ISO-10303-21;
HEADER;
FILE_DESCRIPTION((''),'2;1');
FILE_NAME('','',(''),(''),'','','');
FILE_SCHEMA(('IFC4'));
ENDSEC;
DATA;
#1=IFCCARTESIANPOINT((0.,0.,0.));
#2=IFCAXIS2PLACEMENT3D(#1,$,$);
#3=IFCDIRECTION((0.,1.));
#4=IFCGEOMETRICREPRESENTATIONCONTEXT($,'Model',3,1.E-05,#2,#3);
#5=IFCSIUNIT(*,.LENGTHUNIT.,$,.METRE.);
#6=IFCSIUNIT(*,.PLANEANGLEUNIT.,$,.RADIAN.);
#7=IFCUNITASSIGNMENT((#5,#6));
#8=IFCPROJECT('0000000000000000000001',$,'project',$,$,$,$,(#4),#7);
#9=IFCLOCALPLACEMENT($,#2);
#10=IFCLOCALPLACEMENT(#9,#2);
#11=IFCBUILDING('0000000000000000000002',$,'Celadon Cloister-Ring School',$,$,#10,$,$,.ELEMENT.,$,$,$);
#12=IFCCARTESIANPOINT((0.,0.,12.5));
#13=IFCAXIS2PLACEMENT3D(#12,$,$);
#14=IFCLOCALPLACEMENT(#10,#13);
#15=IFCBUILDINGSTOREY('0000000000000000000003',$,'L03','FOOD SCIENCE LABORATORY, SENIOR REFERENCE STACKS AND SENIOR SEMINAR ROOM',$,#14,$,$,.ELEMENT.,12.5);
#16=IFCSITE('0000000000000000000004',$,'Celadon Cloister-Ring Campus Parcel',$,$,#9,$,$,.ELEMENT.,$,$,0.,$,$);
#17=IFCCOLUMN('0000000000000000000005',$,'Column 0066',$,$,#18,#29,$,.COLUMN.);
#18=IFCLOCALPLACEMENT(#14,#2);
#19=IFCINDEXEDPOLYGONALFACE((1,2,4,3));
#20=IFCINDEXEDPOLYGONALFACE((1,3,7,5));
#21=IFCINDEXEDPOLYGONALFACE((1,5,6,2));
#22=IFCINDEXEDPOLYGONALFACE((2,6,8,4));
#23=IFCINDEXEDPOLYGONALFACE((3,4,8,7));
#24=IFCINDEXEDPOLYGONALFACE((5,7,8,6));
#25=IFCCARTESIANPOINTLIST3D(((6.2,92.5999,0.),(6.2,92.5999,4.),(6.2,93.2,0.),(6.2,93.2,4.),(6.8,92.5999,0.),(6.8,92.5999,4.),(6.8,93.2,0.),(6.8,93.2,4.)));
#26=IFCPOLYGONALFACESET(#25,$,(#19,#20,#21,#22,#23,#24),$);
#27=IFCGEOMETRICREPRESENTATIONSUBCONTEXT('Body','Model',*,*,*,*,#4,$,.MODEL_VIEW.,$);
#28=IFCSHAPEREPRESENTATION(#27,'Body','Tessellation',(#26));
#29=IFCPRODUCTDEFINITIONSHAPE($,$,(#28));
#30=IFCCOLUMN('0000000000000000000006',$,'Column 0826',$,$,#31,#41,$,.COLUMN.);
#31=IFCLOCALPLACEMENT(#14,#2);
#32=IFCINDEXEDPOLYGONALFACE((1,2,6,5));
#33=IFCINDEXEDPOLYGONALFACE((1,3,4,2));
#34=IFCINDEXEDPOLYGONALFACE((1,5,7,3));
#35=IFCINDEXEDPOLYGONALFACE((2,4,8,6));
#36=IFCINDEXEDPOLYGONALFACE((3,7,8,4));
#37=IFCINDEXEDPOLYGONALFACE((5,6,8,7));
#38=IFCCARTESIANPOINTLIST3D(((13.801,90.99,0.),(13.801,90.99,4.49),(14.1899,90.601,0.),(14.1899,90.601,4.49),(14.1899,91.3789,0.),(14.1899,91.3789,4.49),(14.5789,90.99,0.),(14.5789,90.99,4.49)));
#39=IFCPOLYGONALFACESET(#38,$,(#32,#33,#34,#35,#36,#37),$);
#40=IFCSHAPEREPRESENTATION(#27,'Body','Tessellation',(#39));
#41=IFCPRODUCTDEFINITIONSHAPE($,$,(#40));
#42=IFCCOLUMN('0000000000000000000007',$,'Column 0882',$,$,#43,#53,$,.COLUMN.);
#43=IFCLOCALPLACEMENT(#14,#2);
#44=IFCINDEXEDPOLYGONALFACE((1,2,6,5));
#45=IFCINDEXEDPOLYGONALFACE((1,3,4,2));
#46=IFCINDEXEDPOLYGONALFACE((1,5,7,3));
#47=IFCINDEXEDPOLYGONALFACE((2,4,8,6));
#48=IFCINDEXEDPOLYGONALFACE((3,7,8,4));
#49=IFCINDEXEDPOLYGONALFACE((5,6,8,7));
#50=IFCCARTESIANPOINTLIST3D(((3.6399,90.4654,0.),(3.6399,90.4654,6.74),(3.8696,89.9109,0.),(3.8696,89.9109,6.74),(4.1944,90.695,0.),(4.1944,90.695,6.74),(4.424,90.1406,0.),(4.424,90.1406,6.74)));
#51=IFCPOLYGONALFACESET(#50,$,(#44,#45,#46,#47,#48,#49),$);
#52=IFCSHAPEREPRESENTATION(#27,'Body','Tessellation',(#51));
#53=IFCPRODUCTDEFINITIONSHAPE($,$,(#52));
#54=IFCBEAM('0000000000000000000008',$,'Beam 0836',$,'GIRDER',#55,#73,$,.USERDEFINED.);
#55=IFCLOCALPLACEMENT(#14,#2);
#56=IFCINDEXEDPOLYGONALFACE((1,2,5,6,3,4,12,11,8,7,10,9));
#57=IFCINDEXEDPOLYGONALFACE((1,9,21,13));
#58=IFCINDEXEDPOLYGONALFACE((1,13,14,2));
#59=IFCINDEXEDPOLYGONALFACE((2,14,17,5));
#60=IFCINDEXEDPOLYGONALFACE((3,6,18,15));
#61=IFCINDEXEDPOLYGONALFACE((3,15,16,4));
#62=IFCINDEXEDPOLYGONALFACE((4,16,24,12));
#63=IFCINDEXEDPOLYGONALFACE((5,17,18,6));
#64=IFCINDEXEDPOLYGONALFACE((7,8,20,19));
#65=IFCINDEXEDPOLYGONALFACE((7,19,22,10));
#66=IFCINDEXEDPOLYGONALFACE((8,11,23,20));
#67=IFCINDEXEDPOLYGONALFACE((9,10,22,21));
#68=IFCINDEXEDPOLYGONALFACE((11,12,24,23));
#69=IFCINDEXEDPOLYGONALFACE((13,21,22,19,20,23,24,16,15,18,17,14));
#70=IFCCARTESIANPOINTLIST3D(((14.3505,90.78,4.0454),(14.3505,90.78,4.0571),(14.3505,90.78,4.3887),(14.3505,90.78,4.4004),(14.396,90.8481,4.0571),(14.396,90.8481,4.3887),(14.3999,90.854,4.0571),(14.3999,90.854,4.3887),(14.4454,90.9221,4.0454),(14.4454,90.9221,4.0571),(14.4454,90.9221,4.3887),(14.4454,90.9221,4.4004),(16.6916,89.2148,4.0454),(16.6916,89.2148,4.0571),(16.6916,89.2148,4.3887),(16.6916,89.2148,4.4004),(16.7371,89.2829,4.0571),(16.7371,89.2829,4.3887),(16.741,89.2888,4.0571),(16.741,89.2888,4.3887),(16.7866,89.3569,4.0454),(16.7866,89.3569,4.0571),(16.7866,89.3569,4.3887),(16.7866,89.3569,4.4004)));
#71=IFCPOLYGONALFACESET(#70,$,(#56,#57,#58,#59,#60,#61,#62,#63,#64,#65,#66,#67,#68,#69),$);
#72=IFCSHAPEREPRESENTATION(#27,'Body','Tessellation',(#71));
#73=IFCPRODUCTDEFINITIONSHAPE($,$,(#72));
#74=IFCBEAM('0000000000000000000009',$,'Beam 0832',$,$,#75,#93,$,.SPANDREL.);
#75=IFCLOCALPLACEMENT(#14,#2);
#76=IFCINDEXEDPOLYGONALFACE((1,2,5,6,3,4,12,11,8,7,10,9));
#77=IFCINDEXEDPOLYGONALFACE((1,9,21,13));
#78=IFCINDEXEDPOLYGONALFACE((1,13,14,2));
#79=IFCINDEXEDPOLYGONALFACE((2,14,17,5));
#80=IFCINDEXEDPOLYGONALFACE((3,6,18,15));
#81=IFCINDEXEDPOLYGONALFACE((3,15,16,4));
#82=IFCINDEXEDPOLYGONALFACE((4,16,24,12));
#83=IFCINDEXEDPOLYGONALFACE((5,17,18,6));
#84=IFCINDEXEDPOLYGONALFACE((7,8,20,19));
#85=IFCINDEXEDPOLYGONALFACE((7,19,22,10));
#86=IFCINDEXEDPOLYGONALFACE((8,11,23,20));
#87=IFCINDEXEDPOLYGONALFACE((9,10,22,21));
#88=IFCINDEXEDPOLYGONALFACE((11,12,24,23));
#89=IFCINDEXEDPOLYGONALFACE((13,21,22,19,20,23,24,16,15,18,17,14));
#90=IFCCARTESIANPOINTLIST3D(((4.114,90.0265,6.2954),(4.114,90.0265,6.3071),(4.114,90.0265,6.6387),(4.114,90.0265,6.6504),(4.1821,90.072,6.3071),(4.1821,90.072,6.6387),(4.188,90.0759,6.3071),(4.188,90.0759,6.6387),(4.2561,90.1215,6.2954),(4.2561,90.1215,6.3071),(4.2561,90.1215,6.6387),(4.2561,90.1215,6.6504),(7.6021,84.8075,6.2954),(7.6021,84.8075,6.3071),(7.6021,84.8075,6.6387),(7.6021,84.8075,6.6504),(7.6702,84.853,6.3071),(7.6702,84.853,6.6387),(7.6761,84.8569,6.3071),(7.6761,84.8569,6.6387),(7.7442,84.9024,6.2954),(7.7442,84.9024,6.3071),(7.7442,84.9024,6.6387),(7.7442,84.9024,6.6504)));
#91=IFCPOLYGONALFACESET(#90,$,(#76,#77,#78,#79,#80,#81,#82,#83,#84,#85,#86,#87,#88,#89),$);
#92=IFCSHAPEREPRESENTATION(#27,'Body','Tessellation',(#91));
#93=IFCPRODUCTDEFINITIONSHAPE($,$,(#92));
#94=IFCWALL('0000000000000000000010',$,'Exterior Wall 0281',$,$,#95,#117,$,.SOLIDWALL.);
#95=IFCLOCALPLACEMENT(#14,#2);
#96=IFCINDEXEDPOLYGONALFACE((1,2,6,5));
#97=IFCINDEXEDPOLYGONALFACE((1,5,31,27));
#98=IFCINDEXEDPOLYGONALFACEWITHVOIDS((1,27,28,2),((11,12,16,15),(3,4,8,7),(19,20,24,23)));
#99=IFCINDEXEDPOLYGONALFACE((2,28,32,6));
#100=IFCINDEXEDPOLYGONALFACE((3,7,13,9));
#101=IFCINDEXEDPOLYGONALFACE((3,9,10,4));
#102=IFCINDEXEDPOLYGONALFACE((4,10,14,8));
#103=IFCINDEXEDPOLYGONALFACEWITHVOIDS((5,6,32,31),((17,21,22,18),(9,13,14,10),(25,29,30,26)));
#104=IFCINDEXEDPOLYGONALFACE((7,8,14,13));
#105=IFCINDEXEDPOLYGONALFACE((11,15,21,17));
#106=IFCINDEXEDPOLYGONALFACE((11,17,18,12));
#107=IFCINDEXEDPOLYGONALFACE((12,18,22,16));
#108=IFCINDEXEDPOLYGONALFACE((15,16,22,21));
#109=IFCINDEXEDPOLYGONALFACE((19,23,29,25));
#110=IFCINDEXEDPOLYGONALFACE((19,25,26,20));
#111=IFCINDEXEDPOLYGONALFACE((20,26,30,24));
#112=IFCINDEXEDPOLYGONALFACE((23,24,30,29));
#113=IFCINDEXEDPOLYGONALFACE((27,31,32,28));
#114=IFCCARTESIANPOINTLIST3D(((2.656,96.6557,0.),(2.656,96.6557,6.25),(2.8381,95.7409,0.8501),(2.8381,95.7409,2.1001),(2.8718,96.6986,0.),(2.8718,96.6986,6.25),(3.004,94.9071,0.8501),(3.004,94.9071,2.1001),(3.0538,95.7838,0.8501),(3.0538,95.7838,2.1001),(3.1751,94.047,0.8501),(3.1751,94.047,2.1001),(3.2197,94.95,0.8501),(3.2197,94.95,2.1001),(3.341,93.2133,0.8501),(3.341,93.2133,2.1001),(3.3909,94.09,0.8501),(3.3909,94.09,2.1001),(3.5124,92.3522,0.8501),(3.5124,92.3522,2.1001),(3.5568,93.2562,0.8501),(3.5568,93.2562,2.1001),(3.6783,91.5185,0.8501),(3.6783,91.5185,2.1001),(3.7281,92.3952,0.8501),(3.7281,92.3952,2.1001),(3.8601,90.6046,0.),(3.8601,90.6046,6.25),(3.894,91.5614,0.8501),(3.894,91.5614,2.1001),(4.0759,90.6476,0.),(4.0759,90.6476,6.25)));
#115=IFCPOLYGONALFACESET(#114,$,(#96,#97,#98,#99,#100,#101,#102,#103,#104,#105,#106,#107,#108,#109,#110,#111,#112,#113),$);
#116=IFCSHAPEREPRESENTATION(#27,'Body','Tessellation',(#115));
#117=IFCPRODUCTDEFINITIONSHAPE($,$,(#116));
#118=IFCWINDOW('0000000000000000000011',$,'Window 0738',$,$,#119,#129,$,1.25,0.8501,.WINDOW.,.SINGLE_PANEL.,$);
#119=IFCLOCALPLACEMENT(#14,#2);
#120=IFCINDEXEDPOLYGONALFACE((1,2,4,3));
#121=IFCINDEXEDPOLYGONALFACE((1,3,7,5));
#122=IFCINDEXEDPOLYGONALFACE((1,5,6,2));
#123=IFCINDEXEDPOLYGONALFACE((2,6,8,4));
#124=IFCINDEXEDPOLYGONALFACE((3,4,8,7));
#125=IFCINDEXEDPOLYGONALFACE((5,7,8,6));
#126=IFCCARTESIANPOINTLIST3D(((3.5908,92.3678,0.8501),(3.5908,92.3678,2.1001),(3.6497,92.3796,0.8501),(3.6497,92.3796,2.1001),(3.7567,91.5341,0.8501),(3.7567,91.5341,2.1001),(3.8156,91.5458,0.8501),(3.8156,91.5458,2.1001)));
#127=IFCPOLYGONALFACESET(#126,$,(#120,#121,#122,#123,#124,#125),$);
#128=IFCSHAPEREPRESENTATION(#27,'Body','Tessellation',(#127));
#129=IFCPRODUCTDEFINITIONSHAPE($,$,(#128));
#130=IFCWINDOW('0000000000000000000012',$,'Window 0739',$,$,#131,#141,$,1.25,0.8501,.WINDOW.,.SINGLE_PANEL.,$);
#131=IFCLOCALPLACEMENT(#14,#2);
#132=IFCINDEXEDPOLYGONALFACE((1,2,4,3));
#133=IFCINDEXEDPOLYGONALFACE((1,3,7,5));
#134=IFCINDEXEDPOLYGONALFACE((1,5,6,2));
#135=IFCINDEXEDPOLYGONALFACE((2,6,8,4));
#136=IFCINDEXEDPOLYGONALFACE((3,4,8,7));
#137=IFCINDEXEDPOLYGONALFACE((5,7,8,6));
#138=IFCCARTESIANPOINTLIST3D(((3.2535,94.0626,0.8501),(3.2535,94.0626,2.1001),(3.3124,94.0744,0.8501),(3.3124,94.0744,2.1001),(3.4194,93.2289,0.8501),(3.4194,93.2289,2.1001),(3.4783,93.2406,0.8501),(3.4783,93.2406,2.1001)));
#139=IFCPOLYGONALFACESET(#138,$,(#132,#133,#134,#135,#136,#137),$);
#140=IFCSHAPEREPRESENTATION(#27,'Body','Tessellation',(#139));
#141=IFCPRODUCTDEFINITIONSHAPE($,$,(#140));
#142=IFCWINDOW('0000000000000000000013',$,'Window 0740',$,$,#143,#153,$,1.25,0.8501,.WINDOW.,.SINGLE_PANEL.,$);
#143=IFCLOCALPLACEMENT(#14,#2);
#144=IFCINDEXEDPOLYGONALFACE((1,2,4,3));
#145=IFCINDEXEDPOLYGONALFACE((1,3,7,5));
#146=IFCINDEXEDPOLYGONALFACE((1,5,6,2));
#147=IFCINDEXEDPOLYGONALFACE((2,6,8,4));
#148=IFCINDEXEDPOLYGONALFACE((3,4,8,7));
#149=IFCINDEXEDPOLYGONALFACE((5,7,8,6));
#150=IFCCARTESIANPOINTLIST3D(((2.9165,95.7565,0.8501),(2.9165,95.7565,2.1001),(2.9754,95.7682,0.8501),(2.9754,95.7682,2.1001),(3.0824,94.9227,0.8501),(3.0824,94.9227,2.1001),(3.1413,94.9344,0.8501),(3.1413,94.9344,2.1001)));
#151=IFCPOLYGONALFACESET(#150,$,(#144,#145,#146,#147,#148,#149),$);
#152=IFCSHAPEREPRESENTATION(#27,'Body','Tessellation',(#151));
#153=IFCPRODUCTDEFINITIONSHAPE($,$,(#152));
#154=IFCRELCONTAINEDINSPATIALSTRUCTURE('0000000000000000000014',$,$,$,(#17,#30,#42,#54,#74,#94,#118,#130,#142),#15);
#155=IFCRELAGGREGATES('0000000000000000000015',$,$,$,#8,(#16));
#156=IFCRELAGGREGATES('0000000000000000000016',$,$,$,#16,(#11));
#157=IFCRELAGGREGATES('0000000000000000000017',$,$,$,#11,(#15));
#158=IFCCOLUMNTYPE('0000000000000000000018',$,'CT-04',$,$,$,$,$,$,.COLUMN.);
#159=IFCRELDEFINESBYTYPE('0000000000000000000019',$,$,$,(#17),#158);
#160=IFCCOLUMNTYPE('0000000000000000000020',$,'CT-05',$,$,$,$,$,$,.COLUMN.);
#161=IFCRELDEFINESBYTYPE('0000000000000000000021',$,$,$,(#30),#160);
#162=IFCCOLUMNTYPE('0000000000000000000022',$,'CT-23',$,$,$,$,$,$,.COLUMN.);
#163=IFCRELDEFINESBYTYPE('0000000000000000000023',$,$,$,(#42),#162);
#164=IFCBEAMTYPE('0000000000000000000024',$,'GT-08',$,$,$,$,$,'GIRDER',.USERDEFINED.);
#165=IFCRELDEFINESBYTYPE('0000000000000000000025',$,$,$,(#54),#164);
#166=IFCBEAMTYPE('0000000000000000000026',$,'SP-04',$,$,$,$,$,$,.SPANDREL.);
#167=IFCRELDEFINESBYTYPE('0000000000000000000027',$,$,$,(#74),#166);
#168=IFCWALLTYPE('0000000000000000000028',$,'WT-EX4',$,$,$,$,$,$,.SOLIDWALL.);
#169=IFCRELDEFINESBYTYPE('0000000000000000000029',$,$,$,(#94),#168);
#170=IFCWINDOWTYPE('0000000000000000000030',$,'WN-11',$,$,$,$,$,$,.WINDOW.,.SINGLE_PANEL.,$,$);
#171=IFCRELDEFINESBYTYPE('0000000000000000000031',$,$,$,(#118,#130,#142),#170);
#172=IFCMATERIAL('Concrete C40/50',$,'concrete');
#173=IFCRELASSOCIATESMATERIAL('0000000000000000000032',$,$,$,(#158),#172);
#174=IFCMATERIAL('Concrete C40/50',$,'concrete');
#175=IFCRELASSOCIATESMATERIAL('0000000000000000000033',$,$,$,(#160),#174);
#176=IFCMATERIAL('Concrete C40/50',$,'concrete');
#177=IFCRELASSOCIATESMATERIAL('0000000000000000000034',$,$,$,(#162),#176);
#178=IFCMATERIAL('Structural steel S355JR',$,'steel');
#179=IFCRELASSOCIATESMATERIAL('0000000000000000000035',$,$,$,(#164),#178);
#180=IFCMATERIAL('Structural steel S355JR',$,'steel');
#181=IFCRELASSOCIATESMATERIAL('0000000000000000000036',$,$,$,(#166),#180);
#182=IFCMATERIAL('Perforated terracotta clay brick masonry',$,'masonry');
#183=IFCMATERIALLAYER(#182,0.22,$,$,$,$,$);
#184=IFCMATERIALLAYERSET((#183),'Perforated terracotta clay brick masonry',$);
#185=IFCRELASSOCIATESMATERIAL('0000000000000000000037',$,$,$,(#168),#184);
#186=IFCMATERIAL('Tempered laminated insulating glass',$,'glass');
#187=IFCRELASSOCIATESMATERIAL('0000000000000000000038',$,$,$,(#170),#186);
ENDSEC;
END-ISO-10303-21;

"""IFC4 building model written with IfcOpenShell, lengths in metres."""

from ifc_helpers import new_model, si_unit, direction, frame, frame_2d, origin, origin_2d, place, context, subcontext, project, spatial, rectangle, i_section, extrude, material, layer, layer_set, material_profile, profile_set, type_object, element, fill, save


model = new_model("IFC4")

# Units and contexts
model_context = context("Model", 3, precision=1e-05, world=origin(), true_north=direction((0.0, 1.0)))
body_context = subcontext(model_context, "Body", "Model", "MODEL_VIEW")
ifc_project = project(units=[si_unit("LENGTHUNIT", "METRE"), si_unit("PLANEANGLEUNIT", "RADIAN")], contexts=[model_context])

# Site, building, storey
site_placement = place(None, origin())
site = spatial("IfcSite", under=ifc_project, at=site_placement, Name="Celadon Cloister-Ring Campus Parcel", CompositionType="ELEMENT", RefElevation=0.0)
building_placement = place(site_placement, origin())
building = spatial("IfcBuilding", under=site, at=building_placement, Name="Celadon Cloister-Ring School", CompositionType="ELEMENT")
storey_placement = place(building_placement, frame((0.0, 0.0, 12.5)))
storey = spatial("IfcBuildingStorey", under=building, at=storey_placement, Name="L03", Description="FOOD SCIENCE LABORATORY, SENIOR REFERENCE STACKS AND SENIOR SEMINAR ROOM", CompositionType="ELEMENT", Elevation=12.5)

# Columns
ifc_material_1 = material(Name="Concrete C40/50", Category="concrete")
ifc_material_profile_1 = material_profile(ifc_material_1, rectangle(XDim=0.6001, YDim=0.6001, at=origin_2d()), Name="RC600X600")
ifc_profile_set_1 = profile_set([ifc_material_profile_1], Name="Concrete C40/50")
column_type_1 = type_object("IfcColumnType", Name="CT-04", PredefinedType="COLUMN", material=ifc_profile_set_1)
column_1_placement = place(storey_placement, frame((6.5, 92.8999, 0.0), z_axis=(0.0, 0.0, 1.0), x_axis=(1.0, 0.0, 0.0)))
element("IfcColumn", 1, at=column_1_placement, inside=storey, type_object=column_type_1, Name="Column 0066", PredefinedType="COLUMN", context=body_context, shape_type="SweptSolid", body=[
    extrude(rectangle(XDim=0.6001, YDim=0.6001, at=origin_2d()), origin(), (0.0, 0.0, 1.0), 4.0),
])
ifc_material_2 = material(Name="Concrete C40/50", Category="concrete")
ifc_material_profile_2 = material_profile(ifc_material_2, rectangle(XDim=0.55, YDim=0.55, at=origin_2d()), Name="RC550X550")
ifc_profile_set_2 = profile_set([ifc_material_profile_2], Name="Concrete C40/50")
column_type_2 = type_object("IfcColumnType", Name="CT-05", PredefinedType="COLUMN", material=ifc_profile_set_2)
column_2_placement = place(storey_placement, frame((14.1899, 90.99, 0.0), z_axis=(0.0, 0.0, 1.0), x_axis=(-0.707107, -0.707107, 0.0)))
element("IfcColumn", 2, at=column_2_placement, inside=storey, type_object=column_type_2, Name="Column 0826", PredefinedType="COLUMN", context=body_context, shape_type="SweptSolid", body=[
    extrude(rectangle(XDim=0.55, YDim=0.55, at=origin_2d()), origin(), (0.0, 0.0, 1.0), 4.49),
])
ifc_material_3 = material(Name="Concrete C40/50", Category="concrete")
ifc_material_profile_3 = material_profile(ifc_material_3, rectangle(XDim=0.6001, YDim=0.6001, at=origin_2d()), Name="RC600X600")
ifc_profile_set_3 = profile_set([ifc_material_profile_3], Name="Concrete C40/50")
column_type_3 = type_object("IfcColumnType", Name="CT-23", PredefinedType="COLUMN", material=ifc_profile_set_3)
column_3_placement = place(storey_placement, frame((4.032, 90.303, 0.0), z_axis=(0.0, 0.0, 1.0), x_axis=(-0.92388, -0.382683, 0.0)))
element("IfcColumn", 3, at=column_3_placement, inside=storey, type_object=column_type_3, Name="Column 0882", PredefinedType="COLUMN", context=body_context, shape_type="SweptSolid", body=[
    extrude(rectangle(XDim=0.6001, YDim=0.6001, at=origin_2d()), origin(), (0.0, 0.0, 1.0), 6.74),
])

# Beams
ifc_material_4 = material(Name="Structural steel S355JR", Category="steel")
ifc_material_profile_4 = material_profile(ifc_material_4, i_section(OverallWidth=0.1709, OverallDepth=0.355, WebThickness=0.0071, FlangeThickness=0.0117, at=origin_2d()), Name="W360X51")
ifc_profile_set_4 = profile_set([ifc_material_profile_4], Name="Structural steel S355JR")
beam_type_1 = type_object("IfcBeamType", Name="GT-08", ElementType="GIRDER", PredefinedType="USERDEFINED", material=ifc_profile_set_4)
beam_1_placement = place(storey_placement, frame((14.3979, 90.8511, 4.2229), z_axis=(0.831316, -0.5558, 0.0), x_axis=(0.5558, 0.831316, 0.0)))
element("IfcBeam", 4, at=beam_1_placement, inside=storey, type_object=beam_type_1, Name="Beam 0836", ObjectType="GIRDER", PredefinedType="USERDEFINED", context=body_context, shape_type="SweptSolid", body=[
    extrude(i_section(OverallWidth=0.1709, OverallDepth=0.355, WebThickness=0.0071, FlangeThickness=0.0117, at=origin_2d()), origin(), (0.0, 0.0, 1.0), 2.8162),
])
ifc_material_5 = material(Name="Structural steel S355JR", Category="steel")
ifc_material_profile_5 = material_profile(ifc_material_5, i_section(OverallWidth=0.1709, OverallDepth=0.355, WebThickness=0.0071, FlangeThickness=0.0117, at=origin_2d()), Name="W360X51")
ifc_profile_set_5 = profile_set([ifc_material_profile_5], Name="Structural steel S355JR")
beam_type_2 = type_object("IfcBeamType", Name="SP-04", PredefinedType="SPANDREL", material=ifc_profile_set_5)
beam_2_placement = place(storey_placement, frame((4.1851, 90.074, 6.4729), z_axis=(0.55566, -0.83141, 0.0), x_axis=(0.83141, 0.55566, 0.0)))
element("IfcBeam", 5, at=beam_2_placement, inside=storey, type_object=beam_type_2, Name="Beam 0832", PredefinedType="SPANDREL", context=body_context, shape_type="SweptSolid", body=[
    extrude(i_section(OverallWidth=0.1709, OverallDepth=0.355, WebThickness=0.0071, FlangeThickness=0.0117, at=origin_2d()), origin(), (0.0, 0.0, 1.0), 6.2773),
])

# Wall, openings, windows
ifc_material_6 = material(Name="Perforated terracotta clay brick masonry", Category="masonry")
ifc_layer_1 = layer(ifc_material_6, 0.22)
ifc_layer_set_1 = layer_set([ifc_layer_1], Name="Perforated terracotta clay brick masonry")
wall_type_1 = type_object("IfcWallType", Name="WT-EX4", PredefinedType="SOLIDWALL", material=ifc_layer_set_1)
wall_1_placement = place(storey_placement, frame((3.968, 90.626, 0.0), z_axis=(0.0, 0.0, 1.0), x_axis=(-0.195165, 0.98077, 0.0)))
wall_1 = element("IfcWall", 6, at=wall_1_placement, inside=storey, type_object=wall_type_1, Name="Exterior Wall 0281", PredefinedType="SOLIDWALL", context=body_context, shape_type="SweptSolid", body=[
    extrude(rectangle(XDim=6.1697, YDim=0.22, at=frame_2d((3.085, 0.0))), origin(), (0.0, 0.0, 1.0), 6.25),
])
opening_1_placement = place(wall_1_placement, frame((0.9319, 0.0, 0.8501)))
opening_1 = element("IfcOpeningElement", 7, at=opening_1_placement, cuts=wall_1, PredefinedType="OPENING", context=body_context, shape_type="SweptSolid", body=[
    extrude(rectangle(XDim=0.8501, YDim=1.25, at=frame_2d((0.425, 0.625))), frame((0.0, 0.1201, 0.0), z_axis=(0.0, -1.0, 0.0), x_axis=(1.0, 0.0, 0.0)), (0.0, 0.0, 1.0), 0.24),
])
opening_2_placement = place(wall_1_placement, frame((2.6599, 0.0, 0.8501)))
opening_2 = element("IfcOpeningElement", 8, at=opening_2_placement, cuts=wall_1, PredefinedType="OPENING", context=body_context, shape_type="SweptSolid", body=[
    extrude(rectangle(XDim=0.8501, YDim=1.25, at=frame_2d((0.425, 0.625))), frame((0.0, 0.1201, 0.0), z_axis=(0.0, -1.0, 0.0), x_axis=(1.0, 0.0, 0.0)), (0.0, 0.0, 1.0), 0.24),
])
opening_3_placement = place(wall_1_placement, frame((4.387, 0.0, 0.8501)))
opening_3 = element("IfcOpeningElement", 9, at=opening_3_placement, cuts=wall_1, PredefinedType="OPENING", context=body_context, shape_type="SweptSolid", body=[
    extrude(rectangle(XDim=0.8501, YDim=1.25, at=frame_2d((0.425, 0.625))), frame((0.0, 0.1201, 0.0), z_axis=(0.0, -1.0, 0.0), x_axis=(1.0, 0.0, 0.0)), (0.0, 0.0, 1.0), 0.24),
])
ifc_material_7 = material(Name="Tempered laminated insulating glass", Category="glass")
window_type = type_object("IfcWindowType", Name="WN-11", PartitioningType="SINGLE_PANEL", PredefinedType="WINDOW", material=ifc_material_7)
window_1_placement = place(opening_1_placement, origin())
window_1 = element("IfcWindow", 10, at=window_1_placement, inside=storey, type_object=window_type, Name="Window 0738", OverallHeight=1.25, OverallWidth=0.8501, PartitioningType="SINGLE_PANEL", PredefinedType="WINDOW", context=body_context, shape_type="SweptSolid", body=[
    extrude(rectangle(XDim=0.8501, YDim=1.25, at=frame_2d((0.425, 0.625))), frame((0.0, 0.03, 0.0), z_axis=(0.0, -1.0, 0.0), x_axis=(1.0, 0.0, 0.0)), (0.0, 0.0, 1.0), 0.0601),
])
fill(opening_1, window_1)
window_2_placement = place(opening_2_placement, origin())
window_2 = element("IfcWindow", 11, at=window_2_placement, inside=storey, type_object=window_type, Name="Window 0739", OverallHeight=1.25, OverallWidth=0.8501, PartitioningType="SINGLE_PANEL", PredefinedType="WINDOW", context=body_context, shape_type="SweptSolid", body=[
    extrude(rectangle(XDim=0.8501, YDim=1.25, at=frame_2d((0.425, 0.625))), frame((0.0, 0.03, 0.0), z_axis=(0.0, -1.0, 0.0), x_axis=(1.0, 0.0, 0.0)), (0.0, 0.0, 1.0), 0.0601),
])
fill(opening_2, window_2)
window_3_placement = place(opening_3_placement, origin())
window_3 = element("IfcWindow", 12, at=window_3_placement, inside=storey, type_object=window_type, Name="Window 0740", OverallHeight=1.25, OverallWidth=0.8501, PartitioningType="SINGLE_PANEL", PredefinedType="WINDOW", context=body_context, shape_type="SweptSolid", body=[
    extrude(rectangle(XDim=0.8501, YDim=1.25, at=frame_2d((0.425, 0.625))), frame((0.0, 0.03, 0.0), z_axis=(0.0, -1.0, 0.0), x_axis=(1.0, 0.0, 0.0)), (0.0, 0.0, 1.0), 0.0601),
])
fill(opening_3, window_3)

save(model, "model.ifc")
